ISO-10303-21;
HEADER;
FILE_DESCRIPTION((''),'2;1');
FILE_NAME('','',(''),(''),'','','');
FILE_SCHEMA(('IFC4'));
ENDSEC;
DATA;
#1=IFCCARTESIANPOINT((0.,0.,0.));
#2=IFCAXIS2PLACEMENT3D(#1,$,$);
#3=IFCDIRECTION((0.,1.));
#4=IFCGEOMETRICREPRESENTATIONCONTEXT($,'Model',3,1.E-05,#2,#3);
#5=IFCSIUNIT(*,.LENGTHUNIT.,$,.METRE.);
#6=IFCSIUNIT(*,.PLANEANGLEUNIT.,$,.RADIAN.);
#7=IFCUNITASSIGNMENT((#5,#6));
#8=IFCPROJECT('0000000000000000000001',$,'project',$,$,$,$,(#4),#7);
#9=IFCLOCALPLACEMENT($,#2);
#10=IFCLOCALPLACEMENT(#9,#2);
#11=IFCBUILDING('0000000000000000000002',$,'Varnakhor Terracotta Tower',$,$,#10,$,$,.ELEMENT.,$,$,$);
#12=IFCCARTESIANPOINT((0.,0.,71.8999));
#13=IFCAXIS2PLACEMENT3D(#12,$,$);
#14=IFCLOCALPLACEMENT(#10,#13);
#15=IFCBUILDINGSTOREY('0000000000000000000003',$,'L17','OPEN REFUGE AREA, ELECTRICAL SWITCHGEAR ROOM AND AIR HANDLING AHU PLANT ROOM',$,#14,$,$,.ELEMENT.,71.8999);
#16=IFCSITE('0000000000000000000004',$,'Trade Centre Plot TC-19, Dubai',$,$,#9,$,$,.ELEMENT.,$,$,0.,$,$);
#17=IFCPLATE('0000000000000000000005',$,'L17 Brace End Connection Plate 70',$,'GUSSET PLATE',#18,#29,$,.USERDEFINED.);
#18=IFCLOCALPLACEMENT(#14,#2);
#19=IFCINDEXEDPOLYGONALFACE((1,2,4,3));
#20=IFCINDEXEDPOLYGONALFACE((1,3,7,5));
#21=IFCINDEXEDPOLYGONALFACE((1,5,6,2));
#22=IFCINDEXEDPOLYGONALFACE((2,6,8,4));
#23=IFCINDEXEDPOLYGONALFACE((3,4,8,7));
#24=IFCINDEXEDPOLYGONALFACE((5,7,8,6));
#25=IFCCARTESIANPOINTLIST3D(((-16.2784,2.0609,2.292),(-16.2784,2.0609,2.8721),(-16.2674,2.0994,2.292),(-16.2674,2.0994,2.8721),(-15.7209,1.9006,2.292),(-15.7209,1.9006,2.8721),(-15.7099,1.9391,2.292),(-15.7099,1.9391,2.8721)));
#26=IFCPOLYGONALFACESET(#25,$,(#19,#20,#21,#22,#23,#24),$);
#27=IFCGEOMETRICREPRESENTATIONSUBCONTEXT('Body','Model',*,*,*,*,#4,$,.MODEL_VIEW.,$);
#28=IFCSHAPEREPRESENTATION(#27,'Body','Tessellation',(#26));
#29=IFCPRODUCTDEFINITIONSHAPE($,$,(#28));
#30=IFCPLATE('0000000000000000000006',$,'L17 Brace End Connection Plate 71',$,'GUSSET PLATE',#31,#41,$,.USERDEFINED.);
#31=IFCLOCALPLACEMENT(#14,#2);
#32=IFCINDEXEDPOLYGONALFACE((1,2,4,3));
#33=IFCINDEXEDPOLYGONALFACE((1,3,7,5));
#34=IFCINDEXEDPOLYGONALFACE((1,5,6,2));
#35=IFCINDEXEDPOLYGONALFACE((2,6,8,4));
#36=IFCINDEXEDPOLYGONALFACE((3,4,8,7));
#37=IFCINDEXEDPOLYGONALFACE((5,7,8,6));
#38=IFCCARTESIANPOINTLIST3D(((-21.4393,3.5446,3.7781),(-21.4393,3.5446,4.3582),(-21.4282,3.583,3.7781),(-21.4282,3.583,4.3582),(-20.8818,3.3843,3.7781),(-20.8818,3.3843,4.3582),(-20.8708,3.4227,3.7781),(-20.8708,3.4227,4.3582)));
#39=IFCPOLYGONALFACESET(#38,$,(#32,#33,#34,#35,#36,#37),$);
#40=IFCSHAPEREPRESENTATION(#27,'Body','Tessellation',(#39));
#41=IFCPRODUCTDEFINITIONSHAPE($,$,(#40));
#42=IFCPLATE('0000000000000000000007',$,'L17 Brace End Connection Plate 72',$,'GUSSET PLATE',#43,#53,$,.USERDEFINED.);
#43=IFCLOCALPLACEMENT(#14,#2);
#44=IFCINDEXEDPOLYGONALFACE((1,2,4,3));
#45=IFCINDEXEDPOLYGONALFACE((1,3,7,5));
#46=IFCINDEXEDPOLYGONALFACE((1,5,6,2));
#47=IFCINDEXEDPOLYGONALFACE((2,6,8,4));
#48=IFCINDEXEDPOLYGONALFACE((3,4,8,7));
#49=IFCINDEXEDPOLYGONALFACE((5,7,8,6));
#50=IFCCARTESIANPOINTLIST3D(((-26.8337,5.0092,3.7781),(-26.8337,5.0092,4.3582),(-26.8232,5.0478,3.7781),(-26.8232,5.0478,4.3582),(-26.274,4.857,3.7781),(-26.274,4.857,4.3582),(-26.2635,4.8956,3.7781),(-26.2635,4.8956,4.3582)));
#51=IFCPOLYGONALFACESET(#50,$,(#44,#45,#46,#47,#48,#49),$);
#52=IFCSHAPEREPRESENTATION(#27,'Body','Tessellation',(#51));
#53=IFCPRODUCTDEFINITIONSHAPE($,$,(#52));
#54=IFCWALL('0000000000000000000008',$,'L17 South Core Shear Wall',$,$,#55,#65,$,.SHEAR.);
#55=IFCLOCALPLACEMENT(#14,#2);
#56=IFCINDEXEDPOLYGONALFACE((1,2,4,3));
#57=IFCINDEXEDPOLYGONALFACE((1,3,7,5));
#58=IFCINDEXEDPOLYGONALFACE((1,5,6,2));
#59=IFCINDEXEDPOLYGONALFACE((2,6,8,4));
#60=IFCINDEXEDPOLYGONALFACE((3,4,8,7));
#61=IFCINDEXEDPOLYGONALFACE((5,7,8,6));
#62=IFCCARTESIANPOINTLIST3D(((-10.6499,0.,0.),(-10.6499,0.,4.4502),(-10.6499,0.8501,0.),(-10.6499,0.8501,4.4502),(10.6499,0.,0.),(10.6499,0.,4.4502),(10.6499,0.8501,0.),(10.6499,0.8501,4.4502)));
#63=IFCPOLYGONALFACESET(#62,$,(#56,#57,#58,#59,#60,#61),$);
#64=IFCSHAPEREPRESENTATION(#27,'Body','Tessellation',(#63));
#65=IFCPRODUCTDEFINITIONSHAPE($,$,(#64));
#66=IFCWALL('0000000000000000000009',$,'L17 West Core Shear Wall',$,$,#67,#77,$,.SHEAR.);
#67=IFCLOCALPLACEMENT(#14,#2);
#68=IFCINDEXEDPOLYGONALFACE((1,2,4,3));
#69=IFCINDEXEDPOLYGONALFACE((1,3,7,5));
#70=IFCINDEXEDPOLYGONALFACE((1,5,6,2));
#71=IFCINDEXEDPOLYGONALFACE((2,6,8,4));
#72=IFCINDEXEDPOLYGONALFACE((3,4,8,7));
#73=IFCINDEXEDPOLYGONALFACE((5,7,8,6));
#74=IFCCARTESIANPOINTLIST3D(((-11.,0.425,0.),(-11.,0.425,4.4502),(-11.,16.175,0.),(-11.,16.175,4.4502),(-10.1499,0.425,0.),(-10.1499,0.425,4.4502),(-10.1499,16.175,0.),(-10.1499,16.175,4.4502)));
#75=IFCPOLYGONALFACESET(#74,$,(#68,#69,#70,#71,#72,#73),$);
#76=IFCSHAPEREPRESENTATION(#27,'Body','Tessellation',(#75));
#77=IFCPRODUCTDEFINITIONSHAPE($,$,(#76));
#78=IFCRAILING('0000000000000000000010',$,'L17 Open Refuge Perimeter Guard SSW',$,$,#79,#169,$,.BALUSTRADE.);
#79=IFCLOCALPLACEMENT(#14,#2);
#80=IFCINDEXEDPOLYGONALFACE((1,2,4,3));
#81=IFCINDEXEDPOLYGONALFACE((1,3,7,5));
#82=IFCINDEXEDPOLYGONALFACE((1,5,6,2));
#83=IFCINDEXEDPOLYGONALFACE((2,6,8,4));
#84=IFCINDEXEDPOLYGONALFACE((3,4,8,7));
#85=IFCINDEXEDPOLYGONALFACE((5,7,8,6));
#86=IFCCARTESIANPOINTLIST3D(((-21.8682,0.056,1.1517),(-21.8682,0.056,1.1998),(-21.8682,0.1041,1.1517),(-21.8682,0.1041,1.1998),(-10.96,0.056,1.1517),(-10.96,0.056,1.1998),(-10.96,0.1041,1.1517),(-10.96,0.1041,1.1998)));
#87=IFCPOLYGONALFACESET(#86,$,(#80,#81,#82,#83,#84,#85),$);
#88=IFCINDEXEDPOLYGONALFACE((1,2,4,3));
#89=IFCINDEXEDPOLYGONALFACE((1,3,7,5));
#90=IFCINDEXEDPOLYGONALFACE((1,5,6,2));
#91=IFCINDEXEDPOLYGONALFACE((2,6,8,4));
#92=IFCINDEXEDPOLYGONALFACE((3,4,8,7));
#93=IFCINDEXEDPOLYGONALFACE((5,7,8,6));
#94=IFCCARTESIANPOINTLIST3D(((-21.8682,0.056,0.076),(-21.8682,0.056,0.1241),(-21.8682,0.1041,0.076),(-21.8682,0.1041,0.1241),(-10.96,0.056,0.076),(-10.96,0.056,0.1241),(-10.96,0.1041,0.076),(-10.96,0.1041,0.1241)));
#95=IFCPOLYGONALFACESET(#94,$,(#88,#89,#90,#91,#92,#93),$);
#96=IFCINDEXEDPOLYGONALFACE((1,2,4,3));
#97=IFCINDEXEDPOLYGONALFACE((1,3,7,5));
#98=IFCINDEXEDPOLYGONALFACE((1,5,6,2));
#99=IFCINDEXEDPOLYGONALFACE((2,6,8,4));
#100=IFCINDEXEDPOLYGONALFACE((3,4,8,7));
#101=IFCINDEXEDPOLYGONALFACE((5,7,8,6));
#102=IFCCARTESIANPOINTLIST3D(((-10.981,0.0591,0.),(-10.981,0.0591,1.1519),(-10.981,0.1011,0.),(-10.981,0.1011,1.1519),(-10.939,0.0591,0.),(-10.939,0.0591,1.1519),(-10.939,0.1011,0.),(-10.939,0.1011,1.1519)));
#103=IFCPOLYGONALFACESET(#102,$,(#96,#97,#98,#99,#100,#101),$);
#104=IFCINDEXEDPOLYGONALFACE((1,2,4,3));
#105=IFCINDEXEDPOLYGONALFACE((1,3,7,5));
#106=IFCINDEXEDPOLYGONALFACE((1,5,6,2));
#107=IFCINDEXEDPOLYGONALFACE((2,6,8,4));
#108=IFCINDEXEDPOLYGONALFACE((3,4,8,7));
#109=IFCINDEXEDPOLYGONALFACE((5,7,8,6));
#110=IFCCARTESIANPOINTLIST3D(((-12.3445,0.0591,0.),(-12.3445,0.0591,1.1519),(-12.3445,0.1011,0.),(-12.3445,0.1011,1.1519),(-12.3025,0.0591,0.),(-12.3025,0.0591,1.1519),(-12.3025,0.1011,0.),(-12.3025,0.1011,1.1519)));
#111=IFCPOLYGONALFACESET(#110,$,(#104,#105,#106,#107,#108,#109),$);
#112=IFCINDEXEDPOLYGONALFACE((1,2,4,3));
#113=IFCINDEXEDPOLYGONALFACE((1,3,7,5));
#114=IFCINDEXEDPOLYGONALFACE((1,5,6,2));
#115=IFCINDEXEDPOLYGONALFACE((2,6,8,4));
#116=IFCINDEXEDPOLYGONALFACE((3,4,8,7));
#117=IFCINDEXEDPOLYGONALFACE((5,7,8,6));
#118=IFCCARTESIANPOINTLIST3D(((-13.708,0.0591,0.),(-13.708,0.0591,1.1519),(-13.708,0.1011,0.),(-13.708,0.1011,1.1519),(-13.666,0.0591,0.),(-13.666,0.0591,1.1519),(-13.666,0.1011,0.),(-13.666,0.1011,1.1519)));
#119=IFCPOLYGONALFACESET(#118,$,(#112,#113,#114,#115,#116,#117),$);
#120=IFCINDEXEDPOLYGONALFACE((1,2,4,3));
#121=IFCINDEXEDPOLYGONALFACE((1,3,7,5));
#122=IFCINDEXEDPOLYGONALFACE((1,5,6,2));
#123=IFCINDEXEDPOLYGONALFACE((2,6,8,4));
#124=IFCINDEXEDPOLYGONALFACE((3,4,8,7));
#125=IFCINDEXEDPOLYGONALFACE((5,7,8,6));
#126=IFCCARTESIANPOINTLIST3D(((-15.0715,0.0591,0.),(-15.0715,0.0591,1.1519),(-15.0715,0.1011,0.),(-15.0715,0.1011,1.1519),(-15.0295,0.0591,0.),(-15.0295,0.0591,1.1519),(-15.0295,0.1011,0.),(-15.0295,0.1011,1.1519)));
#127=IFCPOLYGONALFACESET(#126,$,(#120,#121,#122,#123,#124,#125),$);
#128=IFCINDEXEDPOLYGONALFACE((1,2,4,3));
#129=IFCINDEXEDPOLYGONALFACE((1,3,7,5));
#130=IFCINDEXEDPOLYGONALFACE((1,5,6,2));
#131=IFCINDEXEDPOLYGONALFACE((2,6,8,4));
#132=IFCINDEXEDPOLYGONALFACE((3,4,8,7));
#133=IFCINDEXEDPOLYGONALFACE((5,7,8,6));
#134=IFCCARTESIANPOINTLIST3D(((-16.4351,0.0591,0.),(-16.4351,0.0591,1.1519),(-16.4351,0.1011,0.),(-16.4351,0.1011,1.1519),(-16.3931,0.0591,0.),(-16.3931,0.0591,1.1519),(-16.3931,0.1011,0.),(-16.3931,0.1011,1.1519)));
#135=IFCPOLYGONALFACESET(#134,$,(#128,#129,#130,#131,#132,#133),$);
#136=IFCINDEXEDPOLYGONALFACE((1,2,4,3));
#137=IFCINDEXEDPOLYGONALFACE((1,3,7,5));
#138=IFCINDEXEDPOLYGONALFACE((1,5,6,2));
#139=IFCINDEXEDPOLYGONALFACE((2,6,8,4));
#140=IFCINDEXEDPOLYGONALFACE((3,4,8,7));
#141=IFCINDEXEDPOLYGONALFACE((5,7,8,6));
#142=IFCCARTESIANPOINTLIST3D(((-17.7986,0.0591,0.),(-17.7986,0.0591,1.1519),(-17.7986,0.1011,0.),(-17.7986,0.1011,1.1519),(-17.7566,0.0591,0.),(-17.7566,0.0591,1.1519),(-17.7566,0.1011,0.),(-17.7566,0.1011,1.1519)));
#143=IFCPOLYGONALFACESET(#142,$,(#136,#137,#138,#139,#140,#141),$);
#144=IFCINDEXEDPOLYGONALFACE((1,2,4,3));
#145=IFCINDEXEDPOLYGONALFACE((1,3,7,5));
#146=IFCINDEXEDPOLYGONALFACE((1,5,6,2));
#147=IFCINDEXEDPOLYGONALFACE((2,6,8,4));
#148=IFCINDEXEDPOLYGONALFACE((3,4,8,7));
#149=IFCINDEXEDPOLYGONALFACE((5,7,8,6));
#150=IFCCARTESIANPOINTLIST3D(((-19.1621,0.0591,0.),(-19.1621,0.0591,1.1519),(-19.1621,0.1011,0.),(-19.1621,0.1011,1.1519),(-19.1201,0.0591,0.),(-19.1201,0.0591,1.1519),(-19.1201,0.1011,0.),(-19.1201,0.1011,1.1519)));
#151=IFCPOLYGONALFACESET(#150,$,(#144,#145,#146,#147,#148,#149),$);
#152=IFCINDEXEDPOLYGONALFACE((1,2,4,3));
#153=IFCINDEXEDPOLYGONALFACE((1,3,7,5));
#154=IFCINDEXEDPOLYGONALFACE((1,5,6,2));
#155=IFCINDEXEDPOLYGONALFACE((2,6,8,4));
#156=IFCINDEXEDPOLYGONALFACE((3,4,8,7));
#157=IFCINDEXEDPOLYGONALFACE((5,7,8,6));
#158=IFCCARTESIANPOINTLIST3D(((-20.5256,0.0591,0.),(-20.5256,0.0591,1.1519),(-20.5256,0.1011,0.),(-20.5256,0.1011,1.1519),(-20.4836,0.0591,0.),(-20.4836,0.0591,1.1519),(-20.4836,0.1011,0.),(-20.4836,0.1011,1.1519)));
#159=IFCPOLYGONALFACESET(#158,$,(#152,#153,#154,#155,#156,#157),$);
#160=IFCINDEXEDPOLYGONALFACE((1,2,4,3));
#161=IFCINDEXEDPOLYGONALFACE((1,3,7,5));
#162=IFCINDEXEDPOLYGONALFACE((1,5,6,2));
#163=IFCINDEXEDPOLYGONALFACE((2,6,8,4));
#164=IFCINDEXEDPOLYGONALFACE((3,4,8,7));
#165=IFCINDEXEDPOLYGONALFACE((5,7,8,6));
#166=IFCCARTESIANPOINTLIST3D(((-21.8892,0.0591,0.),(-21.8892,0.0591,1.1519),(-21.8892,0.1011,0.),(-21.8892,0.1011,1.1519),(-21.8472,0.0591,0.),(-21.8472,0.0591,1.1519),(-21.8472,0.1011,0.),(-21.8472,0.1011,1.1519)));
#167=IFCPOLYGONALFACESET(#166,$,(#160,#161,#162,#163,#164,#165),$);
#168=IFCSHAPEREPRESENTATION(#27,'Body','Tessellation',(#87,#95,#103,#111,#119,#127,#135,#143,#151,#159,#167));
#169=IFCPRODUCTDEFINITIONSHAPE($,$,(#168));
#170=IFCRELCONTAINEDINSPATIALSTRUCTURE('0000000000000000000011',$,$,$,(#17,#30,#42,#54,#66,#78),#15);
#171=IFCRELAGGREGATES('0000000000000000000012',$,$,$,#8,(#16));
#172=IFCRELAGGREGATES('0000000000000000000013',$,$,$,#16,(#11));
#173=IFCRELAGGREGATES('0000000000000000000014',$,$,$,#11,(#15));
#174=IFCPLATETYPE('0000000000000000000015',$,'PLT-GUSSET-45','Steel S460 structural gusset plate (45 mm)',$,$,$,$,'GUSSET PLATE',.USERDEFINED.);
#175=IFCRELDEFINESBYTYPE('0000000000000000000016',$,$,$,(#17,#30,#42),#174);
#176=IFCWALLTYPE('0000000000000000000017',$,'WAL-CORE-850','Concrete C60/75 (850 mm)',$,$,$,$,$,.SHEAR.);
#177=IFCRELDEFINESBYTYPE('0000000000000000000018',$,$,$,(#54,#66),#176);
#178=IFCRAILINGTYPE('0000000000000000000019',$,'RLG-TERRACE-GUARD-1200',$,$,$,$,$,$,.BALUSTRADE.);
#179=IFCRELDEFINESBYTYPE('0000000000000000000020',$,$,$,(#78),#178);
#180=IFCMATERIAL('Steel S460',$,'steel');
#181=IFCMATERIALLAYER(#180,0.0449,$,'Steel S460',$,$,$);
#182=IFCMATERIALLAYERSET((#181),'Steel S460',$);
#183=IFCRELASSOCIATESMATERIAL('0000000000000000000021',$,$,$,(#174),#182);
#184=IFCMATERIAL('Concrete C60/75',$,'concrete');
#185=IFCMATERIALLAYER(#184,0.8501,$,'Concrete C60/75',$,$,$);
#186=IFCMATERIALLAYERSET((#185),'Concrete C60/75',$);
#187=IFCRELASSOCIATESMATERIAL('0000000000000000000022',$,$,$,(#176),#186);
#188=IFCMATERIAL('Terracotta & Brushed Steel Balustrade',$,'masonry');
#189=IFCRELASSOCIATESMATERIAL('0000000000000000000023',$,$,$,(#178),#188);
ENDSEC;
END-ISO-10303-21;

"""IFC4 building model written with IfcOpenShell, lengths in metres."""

from ifc_helpers import new_model, si_unit, direction, frame, frame_2d, origin, origin_2d, place, context, subcontext, project, spatial, rectangle, extrude, source, transform, mapped, material, layer, layer_set, type_object, element, save


model = new_model("IFC4")

# Units and contexts
model_context = context("Model", 3, precision=1e-05, world=origin(), true_north=direction((0.0, 1.0)))
body_context = subcontext(model_context, "Body", "Model", "MODEL_VIEW")
ifc_project = project(units=[si_unit("LENGTHUNIT", "METRE"), si_unit("PLANEANGLEUNIT", "RADIAN")], contexts=[model_context])

# Site, building, storey
site_placement = place(None, origin())
site = spatial("IfcSite", under=ifc_project, at=site_placement, Name="Trade Centre Plot TC-19, Dubai", CompositionType="ELEMENT", RefElevation=0.0)
building_placement = place(site_placement, origin())
building = spatial("IfcBuilding", under=site, at=building_placement, Name="Varnakhor Terracotta Tower", CompositionType="ELEMENT")
storey_placement = place(building_placement, frame((0.0, 0.0, 71.8999)))
storey = spatial("IfcBuildingStorey", under=building, at=storey_placement, Name="L17", Description="OPEN REFUGE AREA, ELECTRICAL SWITCHGEAR ROOM AND AIR HANDLING AHU PLANT ROOM", CompositionType="ELEMENT", Elevation=71.8999)

# Shared definitions
ifc_material_1 = material(Name="Steel S460", Category="steel")

# Plates
ifc_layer_1 = layer(ifc_material_1, 0.0449, Name="Steel S460")
ifc_layer_set_1 = layer_set([ifc_layer_1], Name="Steel S460")
plate_type = type_object("IfcPlateType", Name="PLT-GUSSET-45", Description="Steel S460 structural gusset plate (45 mm)", ElementType="GUSSET PLATE", PredefinedType="USERDEFINED", material=ifc_layer_set_1)
shared_shape_1 = source(origin(), body_context, "Body", "SweptSolid", [
    extrude(rectangle(XDim=0.5801, YDim=0.04, at=origin_2d()), origin(), (0.0, 0.0, 1.0), 0.5801),
])
for number, where, z_axis, x_axis, name in (
    (1, (-15.9941, 2.0, 2.292), (0.0, 0.0, 1.0), (-0.961064, 0.276325, 0.0), "L17 Brace End Connection Plate 70"),
    (2, (-21.155, 3.4836, 3.7781), (0.0, 0.0, 1.0), (-0.961059, 0.276342, 0.0), "L17 Brace End Connection Plate 71"),
    (3, (-26.5486, 4.9524, 3.7781), (0.0, 0.0, 1.0), (-0.964943, 0.262459, 0.0), "L17 Brace End Connection Plate 72"),
):
    element("IfcPlate", number, at=place(storey_placement, frame(where, z_axis=z_axis, x_axis=x_axis)), inside=storey, type_object=plate_type, Name=name, ObjectType="GUSSET PLATE", PredefinedType="USERDEFINED", context=body_context, shape_type="MappedRepresentation", body=[
        mapped(shared_shape_1, transform((0.0, 0.0, 0.0), scale=1.0)),
    ])

# Walls
ifc_material_2 = material(Name="Concrete C60/75", Category="concrete")
ifc_layer_2 = layer(ifc_material_2, 0.8501, Name="Concrete C60/75")
ifc_layer_set_2 = layer_set([ifc_layer_2], Name="Concrete C60/75")
wall_type = type_object("IfcWallType", Name="WAL-CORE-850", Description="Concrete C60/75 (850 mm)", PredefinedType="SHEAR", material=ifc_layer_set_2)
wall_1_placement = place(storey_placement, frame((-10.6499, 0.425, 0.0), z_axis=(0.0, 0.0, 1.0), x_axis=(1.0, 0.0, 0.0)))
element("IfcWall", 4, at=wall_1_placement, inside=storey, type_object=wall_type, Name="L17 South Core Shear Wall", PredefinedType="SHEAR", context=body_context, shape_type="SweptSolid", body=[
    extrude(rectangle(XDim=21.2998, YDim=0.8501, at=frame_2d((10.6499, 0.0))), origin(), (0.0, 0.0, 1.0), 4.4502),
])
wall_2_placement = place(storey_placement, frame((-10.575, 0.425, 0.0), z_axis=(0.0, 0.0, 1.0), x_axis=(0.0, 1.0, 0.0)))
element("IfcWall", 5, at=wall_2_placement, inside=storey, type_object=wall_type, Name="L17 West Core Shear Wall", PredefinedType="SHEAR", context=body_context, shape_type="SweptSolid", body=[
    extrude(rectangle(XDim=15.75, YDim=0.8501, at=frame_2d((7.875, 0.0))), origin(), (0.0, 0.0, 1.0), 4.4502),
])

# Railing
ifc_material_3 = material(Name="Terracotta & Brushed Steel Balustrade", Category="masonry")
railing_type = type_object("IfcRailingType", Name="RLG-TERRACE-GUARD-1200", PredefinedType="BALUSTRADE", material=ifc_material_3)
railing_1_placement = place(storey_placement, frame((-10.96, 0.0801, 0.0)))
element("IfcRailing", 6, at=railing_1_placement, inside=storey, type_object=railing_type, Name="L17 Open Refuge Perimeter Guard SSW", PredefinedType="BALUSTRADE", context=body_context, shape_type="SweptSolid", body=[
    extrude(rectangle(XDim=0.0481, YDim=0.0481, at=origin_2d()), frame((0.0, 0.0, 1.1758), z_axis=(-1.0, 0.0, 0.0), x_axis=(0.0, -1.0, 0.0)), (0.0, 0.0, 1.0), 10.9082),
    extrude(rectangle(XDim=0.0481, YDim=0.0481, at=origin_2d()), frame((0.0, 0.0, 0.1001), z_axis=(-1.0, 0.0, 0.0), x_axis=(0.0, -1.0, 0.0)), (0.0, 0.0, 1.0), 10.9082),
    extrude(rectangle(XDim=0.042, YDim=0.042, at=origin_2d()), origin(), (0.0, 0.0, 1.0), 1.1519),
    extrude(rectangle(XDim=0.042, YDim=0.042, at=origin_2d()), frame((-1.3635, 0.0, 0.0)), (0.0, 0.0, 1.0), 1.1519),
    extrude(rectangle(XDim=0.042, YDim=0.042, at=origin_2d()), frame((-2.7271, 0.0, 0.0)), (0.0, 0.0, 1.0), 1.1519),
    extrude(rectangle(XDim=0.042, YDim=0.042, at=origin_2d()), frame((-4.0906, 0.0, 0.0)), (0.0, 0.0, 1.0), 1.1519),
    extrude(rectangle(XDim=0.042, YDim=0.042, at=origin_2d()), frame((-5.4541, 0.0, 0.0)), (0.0, 0.0, 1.0), 1.1519),
    extrude(rectangle(XDim=0.042, YDim=0.042, at=origin_2d()), frame((-6.8176, 0.0, 0.0)), (0.0, 0.0, 1.0), 1.1519),
    extrude(rectangle(XDim=0.042, YDim=0.042, at=origin_2d()), frame((-8.1812, 0.0, 0.0)), (0.0, 0.0, 1.0), 1.1519),
    extrude(rectangle(XDim=0.042, YDim=0.042, at=origin_2d()), frame((-9.5447, 0.0, 0.0)), (0.0, 0.0, 1.0), 1.1519),
    extrude(rectangle(XDim=0.042, YDim=0.042, at=origin_2d()), frame((-10.9082, 0.0, 0.0)), (0.0, 0.0, 1.0), 1.1519),
])

save(model, "model.ifc")
